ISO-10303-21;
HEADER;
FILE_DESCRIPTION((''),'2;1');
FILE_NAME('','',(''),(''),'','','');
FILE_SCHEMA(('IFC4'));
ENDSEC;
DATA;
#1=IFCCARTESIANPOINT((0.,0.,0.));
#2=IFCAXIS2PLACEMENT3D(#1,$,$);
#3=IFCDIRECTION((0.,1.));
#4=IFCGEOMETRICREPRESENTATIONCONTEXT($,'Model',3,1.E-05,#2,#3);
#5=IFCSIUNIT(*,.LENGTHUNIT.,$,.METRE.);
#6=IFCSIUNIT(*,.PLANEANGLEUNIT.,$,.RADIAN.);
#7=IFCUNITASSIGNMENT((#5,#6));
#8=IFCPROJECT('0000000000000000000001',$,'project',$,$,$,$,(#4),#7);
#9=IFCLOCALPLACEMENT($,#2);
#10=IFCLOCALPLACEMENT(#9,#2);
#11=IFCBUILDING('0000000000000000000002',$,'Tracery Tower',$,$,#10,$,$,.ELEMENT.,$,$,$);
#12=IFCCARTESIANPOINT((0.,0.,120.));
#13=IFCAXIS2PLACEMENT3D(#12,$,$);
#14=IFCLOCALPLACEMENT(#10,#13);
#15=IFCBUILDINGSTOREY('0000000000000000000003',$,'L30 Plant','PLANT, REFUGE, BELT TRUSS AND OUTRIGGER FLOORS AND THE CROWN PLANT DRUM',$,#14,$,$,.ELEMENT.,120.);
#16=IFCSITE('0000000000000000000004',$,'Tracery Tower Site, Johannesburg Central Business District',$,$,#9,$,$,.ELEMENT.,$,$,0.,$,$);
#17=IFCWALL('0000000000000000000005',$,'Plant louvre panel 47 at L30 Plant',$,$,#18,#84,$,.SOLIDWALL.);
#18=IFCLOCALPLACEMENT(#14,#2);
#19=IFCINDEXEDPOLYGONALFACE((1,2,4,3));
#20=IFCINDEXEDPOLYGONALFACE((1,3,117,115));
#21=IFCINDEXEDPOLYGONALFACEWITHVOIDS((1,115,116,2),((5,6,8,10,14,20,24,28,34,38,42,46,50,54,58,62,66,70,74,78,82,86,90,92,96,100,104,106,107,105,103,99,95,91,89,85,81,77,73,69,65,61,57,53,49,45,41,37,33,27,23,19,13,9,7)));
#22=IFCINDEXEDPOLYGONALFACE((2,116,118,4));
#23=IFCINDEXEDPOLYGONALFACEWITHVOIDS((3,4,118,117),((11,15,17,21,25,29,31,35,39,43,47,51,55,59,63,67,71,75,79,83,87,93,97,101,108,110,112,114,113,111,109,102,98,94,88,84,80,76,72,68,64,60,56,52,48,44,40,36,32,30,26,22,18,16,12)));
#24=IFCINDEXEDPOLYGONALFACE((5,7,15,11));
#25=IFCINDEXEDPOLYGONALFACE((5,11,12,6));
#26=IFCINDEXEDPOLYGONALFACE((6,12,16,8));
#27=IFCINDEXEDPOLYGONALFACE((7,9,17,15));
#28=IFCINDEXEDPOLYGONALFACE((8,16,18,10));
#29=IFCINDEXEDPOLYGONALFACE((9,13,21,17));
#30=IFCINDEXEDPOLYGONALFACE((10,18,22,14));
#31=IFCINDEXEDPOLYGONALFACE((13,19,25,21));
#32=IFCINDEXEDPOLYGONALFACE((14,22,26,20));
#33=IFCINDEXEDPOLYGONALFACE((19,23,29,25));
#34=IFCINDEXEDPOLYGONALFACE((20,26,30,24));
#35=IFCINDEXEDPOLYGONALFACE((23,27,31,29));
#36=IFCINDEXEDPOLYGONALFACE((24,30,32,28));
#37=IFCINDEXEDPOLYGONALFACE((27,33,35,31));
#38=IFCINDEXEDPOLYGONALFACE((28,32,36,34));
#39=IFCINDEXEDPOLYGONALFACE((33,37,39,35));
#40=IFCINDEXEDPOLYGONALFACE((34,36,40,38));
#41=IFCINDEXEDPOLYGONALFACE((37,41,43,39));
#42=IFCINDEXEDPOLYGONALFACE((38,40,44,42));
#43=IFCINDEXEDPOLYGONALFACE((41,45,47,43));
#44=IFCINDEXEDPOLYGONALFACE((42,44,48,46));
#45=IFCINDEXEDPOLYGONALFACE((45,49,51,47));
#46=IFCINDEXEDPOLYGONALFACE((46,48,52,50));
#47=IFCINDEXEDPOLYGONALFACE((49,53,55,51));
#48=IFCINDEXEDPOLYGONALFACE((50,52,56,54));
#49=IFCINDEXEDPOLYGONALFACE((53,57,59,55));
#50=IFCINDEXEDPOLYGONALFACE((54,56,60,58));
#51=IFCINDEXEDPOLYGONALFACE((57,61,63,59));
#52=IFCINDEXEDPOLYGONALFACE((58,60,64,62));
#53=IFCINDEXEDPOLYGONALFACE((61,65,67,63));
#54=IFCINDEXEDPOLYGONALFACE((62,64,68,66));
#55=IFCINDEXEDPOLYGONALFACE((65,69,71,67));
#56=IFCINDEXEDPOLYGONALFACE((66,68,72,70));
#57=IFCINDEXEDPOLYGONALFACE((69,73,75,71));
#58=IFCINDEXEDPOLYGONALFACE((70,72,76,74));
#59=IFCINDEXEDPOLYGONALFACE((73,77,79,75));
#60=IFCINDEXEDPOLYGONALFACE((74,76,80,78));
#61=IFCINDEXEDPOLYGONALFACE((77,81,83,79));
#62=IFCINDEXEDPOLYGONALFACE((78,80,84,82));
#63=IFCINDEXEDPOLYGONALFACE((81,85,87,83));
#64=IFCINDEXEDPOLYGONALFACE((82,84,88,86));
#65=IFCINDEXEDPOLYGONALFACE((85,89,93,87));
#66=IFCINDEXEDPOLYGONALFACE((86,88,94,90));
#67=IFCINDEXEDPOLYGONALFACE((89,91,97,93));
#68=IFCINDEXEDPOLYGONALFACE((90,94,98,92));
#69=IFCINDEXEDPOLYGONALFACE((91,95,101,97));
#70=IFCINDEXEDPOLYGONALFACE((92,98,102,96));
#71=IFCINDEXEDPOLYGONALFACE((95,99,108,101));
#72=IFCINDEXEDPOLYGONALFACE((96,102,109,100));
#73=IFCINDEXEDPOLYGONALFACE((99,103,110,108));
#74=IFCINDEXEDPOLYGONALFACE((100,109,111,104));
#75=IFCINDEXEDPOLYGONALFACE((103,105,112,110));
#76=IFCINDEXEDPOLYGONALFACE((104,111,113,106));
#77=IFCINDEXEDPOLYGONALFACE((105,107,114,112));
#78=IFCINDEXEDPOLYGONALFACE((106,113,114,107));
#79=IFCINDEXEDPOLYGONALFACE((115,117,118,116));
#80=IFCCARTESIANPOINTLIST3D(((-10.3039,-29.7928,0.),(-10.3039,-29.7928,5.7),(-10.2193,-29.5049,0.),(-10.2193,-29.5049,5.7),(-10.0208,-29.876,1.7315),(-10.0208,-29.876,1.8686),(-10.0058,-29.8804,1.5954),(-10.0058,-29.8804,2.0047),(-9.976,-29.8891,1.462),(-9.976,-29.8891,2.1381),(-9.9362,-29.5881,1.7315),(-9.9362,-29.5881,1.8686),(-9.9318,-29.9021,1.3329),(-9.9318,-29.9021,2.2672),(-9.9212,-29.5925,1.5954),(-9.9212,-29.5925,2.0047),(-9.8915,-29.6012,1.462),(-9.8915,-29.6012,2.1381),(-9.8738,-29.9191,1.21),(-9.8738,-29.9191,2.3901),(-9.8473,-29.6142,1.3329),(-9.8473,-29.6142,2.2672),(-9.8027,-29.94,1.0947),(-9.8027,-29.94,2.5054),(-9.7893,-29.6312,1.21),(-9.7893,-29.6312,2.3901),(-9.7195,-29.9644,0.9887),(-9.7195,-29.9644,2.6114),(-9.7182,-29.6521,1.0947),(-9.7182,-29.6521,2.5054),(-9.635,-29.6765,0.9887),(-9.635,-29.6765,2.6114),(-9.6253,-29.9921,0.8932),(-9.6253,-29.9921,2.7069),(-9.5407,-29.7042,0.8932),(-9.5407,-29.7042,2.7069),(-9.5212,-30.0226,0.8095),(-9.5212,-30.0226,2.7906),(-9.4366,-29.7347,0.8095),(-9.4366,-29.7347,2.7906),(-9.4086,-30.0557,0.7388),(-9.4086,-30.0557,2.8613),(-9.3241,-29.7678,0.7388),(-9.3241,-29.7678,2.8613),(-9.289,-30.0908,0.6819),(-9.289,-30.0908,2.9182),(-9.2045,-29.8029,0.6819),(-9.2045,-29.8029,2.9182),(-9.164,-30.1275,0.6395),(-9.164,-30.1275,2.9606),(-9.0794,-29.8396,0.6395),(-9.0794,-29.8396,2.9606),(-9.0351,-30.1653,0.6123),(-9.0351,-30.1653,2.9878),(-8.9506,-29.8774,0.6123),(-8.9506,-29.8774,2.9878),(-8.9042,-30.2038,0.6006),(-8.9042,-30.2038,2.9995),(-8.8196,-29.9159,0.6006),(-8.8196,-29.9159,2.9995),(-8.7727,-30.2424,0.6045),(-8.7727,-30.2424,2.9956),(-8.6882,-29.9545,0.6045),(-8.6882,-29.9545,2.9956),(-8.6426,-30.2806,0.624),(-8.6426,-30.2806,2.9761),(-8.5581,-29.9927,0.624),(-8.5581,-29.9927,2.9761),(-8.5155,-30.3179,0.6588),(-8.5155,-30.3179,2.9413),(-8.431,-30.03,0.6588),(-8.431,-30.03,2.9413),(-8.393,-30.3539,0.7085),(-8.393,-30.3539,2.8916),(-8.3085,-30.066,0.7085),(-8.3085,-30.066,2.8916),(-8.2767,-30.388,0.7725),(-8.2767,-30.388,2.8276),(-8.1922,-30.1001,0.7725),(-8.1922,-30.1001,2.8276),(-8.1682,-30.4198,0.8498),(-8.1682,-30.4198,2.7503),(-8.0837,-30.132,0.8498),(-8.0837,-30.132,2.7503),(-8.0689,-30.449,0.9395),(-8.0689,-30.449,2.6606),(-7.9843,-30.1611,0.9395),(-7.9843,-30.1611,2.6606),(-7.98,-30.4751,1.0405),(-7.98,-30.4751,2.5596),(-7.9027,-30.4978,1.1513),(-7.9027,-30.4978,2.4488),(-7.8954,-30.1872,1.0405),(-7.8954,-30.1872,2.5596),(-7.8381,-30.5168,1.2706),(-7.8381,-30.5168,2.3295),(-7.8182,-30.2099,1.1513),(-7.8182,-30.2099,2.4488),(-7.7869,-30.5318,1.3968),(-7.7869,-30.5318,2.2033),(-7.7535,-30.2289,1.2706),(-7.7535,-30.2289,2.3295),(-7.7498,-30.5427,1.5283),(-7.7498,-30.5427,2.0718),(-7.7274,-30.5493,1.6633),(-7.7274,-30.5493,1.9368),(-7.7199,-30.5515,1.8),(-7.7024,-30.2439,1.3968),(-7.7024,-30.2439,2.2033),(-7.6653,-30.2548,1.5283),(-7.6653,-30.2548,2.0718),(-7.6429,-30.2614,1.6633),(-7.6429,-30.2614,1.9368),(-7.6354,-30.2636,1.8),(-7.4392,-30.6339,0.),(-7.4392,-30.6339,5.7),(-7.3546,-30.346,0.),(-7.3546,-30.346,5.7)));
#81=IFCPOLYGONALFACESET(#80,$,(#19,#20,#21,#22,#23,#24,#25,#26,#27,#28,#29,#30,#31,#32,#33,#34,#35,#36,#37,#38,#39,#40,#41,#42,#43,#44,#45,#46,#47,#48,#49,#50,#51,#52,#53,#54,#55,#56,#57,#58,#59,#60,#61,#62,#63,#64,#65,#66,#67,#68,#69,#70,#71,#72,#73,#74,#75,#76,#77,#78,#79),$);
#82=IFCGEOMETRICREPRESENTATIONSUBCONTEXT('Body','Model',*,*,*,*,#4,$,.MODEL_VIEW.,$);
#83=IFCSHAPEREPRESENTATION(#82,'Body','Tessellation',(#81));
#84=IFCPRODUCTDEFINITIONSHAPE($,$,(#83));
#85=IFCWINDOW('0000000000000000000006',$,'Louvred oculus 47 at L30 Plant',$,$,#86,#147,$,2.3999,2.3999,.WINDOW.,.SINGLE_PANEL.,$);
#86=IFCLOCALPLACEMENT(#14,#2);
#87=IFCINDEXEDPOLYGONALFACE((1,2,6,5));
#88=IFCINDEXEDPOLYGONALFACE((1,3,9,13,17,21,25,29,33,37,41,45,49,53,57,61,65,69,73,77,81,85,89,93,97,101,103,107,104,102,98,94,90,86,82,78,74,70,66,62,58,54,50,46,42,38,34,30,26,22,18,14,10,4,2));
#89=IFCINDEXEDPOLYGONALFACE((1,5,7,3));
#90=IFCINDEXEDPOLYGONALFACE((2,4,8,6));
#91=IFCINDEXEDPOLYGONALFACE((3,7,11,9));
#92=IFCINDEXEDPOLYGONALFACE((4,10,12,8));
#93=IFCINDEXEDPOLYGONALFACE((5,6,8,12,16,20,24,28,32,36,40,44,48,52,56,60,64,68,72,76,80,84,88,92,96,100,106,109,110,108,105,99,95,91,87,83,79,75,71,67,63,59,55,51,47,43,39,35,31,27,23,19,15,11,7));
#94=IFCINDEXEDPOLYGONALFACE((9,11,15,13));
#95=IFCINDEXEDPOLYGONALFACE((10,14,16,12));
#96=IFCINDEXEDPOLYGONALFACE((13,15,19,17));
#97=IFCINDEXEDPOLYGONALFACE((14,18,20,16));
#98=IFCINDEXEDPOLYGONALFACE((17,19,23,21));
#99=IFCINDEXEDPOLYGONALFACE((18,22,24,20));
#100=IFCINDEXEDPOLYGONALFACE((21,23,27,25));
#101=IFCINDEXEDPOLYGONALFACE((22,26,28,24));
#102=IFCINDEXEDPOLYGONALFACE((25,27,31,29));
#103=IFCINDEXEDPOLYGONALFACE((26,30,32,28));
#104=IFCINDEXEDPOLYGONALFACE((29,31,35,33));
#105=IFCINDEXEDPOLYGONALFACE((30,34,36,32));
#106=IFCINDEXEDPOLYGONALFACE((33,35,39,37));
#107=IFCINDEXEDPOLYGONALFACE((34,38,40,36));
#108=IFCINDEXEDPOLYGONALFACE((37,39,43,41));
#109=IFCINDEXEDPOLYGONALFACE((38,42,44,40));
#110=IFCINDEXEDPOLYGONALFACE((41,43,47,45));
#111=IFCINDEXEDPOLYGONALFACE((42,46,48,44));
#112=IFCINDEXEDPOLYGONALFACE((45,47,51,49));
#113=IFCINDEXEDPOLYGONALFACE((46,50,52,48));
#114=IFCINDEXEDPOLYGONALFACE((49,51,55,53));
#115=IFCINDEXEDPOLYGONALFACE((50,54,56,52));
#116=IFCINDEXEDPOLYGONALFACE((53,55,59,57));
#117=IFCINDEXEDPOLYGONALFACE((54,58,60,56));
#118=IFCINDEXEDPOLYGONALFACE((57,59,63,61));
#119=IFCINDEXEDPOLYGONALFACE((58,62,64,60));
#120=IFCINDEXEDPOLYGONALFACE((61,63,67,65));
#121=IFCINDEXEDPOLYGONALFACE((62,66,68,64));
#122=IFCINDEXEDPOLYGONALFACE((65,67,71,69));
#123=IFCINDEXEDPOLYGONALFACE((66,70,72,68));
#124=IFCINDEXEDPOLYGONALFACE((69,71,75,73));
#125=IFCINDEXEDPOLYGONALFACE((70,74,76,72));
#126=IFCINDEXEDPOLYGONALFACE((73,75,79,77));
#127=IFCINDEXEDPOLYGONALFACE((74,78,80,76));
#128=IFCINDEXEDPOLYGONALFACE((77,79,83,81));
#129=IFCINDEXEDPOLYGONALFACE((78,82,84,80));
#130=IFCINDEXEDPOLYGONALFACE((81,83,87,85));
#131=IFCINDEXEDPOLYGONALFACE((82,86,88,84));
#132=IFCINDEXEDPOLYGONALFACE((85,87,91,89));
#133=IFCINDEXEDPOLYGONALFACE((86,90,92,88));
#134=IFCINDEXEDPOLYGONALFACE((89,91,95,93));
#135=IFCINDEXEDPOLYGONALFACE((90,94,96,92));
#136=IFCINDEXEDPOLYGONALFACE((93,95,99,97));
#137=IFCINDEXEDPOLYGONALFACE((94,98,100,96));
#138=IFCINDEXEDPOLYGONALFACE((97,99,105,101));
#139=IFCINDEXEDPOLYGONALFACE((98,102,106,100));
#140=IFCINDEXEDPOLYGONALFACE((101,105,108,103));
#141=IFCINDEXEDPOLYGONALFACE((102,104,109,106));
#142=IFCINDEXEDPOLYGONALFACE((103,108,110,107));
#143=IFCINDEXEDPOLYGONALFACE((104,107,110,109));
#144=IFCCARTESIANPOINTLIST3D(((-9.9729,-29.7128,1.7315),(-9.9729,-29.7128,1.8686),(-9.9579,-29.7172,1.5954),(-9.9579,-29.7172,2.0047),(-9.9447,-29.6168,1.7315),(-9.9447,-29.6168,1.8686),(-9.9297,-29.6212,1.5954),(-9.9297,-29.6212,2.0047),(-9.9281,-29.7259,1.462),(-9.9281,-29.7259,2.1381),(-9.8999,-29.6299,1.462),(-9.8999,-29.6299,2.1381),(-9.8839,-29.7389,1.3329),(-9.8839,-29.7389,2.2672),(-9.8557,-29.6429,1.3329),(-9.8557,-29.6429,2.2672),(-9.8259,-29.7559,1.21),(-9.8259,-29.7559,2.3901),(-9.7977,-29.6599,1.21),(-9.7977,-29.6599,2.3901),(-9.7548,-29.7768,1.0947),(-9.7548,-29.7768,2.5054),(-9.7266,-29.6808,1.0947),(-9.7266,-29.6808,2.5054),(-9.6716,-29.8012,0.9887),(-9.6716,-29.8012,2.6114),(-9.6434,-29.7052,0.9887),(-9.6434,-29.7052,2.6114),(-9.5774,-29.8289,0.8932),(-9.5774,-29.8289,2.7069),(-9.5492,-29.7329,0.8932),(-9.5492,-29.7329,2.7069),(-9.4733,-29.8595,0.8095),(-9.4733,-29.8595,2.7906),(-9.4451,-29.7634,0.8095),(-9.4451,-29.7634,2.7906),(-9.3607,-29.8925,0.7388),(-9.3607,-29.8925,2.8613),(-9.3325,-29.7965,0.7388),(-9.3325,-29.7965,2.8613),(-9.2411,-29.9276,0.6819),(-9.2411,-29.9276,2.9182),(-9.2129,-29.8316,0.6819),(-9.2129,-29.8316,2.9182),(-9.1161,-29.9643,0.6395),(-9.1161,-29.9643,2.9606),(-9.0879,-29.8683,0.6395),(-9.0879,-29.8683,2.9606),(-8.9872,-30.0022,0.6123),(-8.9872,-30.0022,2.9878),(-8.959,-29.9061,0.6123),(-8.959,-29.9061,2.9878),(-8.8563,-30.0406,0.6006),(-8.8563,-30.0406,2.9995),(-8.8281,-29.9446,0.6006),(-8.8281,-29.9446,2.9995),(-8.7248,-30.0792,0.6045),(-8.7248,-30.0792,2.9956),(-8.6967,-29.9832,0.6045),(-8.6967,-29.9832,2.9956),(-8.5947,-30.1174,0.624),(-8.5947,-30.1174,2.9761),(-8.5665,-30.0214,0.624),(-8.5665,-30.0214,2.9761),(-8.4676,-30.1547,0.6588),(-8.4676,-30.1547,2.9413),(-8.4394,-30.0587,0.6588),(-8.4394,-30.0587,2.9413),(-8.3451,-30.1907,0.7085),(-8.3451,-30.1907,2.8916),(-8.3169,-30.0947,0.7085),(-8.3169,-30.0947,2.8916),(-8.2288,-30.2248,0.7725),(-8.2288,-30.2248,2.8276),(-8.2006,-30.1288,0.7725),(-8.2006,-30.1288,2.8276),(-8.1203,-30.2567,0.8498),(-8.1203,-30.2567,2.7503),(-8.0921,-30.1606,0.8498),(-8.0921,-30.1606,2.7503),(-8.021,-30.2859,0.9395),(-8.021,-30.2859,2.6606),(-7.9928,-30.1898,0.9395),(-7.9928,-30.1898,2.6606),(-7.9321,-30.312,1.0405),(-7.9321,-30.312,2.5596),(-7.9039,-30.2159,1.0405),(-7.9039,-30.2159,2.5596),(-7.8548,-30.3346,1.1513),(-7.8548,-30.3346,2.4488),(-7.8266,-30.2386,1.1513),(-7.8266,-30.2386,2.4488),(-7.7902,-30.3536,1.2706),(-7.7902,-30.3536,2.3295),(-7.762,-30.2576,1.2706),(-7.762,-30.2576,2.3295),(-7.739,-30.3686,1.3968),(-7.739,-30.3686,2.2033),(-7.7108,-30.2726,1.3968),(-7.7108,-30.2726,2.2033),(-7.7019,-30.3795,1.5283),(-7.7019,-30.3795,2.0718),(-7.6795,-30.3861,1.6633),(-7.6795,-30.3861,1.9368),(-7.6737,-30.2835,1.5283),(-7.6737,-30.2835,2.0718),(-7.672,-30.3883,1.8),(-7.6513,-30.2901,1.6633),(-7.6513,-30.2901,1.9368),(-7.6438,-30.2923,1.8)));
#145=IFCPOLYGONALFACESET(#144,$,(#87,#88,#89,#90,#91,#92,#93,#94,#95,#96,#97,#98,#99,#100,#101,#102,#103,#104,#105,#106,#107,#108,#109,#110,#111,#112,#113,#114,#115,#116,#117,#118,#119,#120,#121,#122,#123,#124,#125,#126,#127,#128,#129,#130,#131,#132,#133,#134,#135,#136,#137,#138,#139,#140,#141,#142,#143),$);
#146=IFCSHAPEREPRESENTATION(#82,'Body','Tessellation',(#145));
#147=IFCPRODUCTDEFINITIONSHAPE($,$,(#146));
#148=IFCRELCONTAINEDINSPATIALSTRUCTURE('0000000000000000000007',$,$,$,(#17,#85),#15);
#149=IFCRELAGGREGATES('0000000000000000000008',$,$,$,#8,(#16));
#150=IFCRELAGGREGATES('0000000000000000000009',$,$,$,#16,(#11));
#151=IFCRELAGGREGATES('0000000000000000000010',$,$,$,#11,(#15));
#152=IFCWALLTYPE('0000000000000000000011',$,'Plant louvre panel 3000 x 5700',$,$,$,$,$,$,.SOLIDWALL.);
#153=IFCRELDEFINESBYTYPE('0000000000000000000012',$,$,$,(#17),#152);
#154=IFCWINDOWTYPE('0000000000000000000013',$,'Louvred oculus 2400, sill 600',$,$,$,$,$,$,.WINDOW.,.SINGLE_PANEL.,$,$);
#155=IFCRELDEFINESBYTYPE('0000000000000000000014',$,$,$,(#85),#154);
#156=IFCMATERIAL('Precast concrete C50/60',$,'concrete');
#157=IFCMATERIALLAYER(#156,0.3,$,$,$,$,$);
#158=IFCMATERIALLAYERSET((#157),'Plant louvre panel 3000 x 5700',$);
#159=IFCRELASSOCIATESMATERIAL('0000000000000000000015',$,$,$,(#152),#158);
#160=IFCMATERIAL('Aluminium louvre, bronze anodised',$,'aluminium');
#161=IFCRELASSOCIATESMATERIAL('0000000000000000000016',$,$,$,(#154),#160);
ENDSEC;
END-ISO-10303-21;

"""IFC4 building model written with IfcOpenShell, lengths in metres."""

from ifc_helpers import new_model, si_unit, direction, frame, frame_2d, origin, origin_2d, place, context, subcontext, project, spatial, rectangle, circle, extrude, material, layer, layer_set, type_object, element, fill, save


model = new_model("IFC4")

# Units and contexts
model_context = context("Model", 3, precision=1e-05, world=origin(), true_north=direction((0.0, 1.0)))
body_context = subcontext(model_context, "Body", "Model", "MODEL_VIEW")
ifc_project = project(units=[si_unit("LENGTHUNIT", "METRE"), si_unit("PLANEANGLEUNIT", "RADIAN")], contexts=[model_context])

# Site, building, storey
site_placement = place(None, origin())
site = spatial("IfcSite", under=ifc_project, at=site_placement, Name="Tracery Tower Site, Johannesburg Central Business District", CompositionType="ELEMENT", RefElevation=0.0)
building_placement = place(site_placement, origin())
building = spatial("IfcBuilding", under=site, at=building_placement, Name="Tracery Tower", CompositionType="ELEMENT")
storey_placement = place(building_placement, frame((0.0, 0.0, 120.0)))
storey = spatial("IfcBuildingStorey", under=building, at=storey_placement, Name="L30 Plant", Description="PLANT, REFUGE, BELT TRUSS AND OUTRIGGER FLOORS AND THE CROWN PLANT DRUM", CompositionType="ELEMENT", Elevation=120.0)

# Wall, opening, window
ifc_material_1 = material(Name="Precast concrete C50/60", Category="concrete")
ifc_layer_1 = layer(ifc_material_1, 0.3)
ifc_layer_set_1 = layer_set([ifc_layer_1], Name="Plant louvre panel 3000 x 5700")
wall_type_1 = type_object("IfcWallType", Name="Plant louvre panel 3000 x 5700", PredefinedType="SOLIDWALL", material=ifc_layer_set_1)
ifc_material_2 = material(Name="Aluminium louvre, bronze anodised", Category="aluminium")
window_type = type_object("IfcWindowType", Name="Louvred oculus 2400, sill 600", PartitioningType="SINGLE_PANEL", PredefinedType="WINDOW", material=ifc_material_2)
wall_1_placement = place(storey_placement, frame((-10.2615, -29.6489, 0.0), z_axis=(0.0, 0.0, 1.0), x_axis=(0.959502, -0.281701, 0.0)))
wall_1 = element("IfcWall", 1, at=wall_1_placement, inside=storey, type_object=wall_type_1, Name="Plant louvre panel 47 at L30 Plant", PredefinedType="SOLIDWALL", context=body_context, shape_type="SweptSolid", body=[
    extrude(rectangle(XDim=2.9856, YDim=0.3, at=frame_2d((1.4927, 0.0))), origin(), (0.0, 0.0, 1.0), 5.7),
])
opening_1_placement = place(wall_1_placement, frame((1.4929, 0.0, 1.8)))
opening_1 = element("IfcOpeningElement", 2, at=opening_1_placement, cuts=wall_1, PredefinedType="OPENING", context=body_context, shape_type="SweptSolid", body=[
    extrude(circle(Radius=1.2, at=origin_2d()), frame((0.0, 0.1599, 0.0), z_axis=(0.0, -1.0, 0.0), x_axis=(1.0, 0.0, 0.0)), (0.0, 0.0, 1.0), 0.3201),
])
window_1_placement = place(opening_1_placement, origin())
window_1 = element("IfcWindow", 3, at=window_1_placement, inside=storey, type_object=window_type, Name="Louvred oculus 47 at L30 Plant", OverallHeight=2.3999, OverallWidth=2.3999, PartitioningType="SINGLE_PANEL", PredefinedType="WINDOW", context=body_context, shape_type="SweptSolid", body=[
    extrude(circle(Radius=1.2, at=origin_2d()), frame((0.0, 0.1201, 0.0), z_axis=(0.0, -1.0, 0.0), x_axis=(1.0, 0.0, 0.0)), (0.0, 0.0, 1.0), 0.1001),
])
fill(opening_1, window_1)

save(model, "model.ifc")
